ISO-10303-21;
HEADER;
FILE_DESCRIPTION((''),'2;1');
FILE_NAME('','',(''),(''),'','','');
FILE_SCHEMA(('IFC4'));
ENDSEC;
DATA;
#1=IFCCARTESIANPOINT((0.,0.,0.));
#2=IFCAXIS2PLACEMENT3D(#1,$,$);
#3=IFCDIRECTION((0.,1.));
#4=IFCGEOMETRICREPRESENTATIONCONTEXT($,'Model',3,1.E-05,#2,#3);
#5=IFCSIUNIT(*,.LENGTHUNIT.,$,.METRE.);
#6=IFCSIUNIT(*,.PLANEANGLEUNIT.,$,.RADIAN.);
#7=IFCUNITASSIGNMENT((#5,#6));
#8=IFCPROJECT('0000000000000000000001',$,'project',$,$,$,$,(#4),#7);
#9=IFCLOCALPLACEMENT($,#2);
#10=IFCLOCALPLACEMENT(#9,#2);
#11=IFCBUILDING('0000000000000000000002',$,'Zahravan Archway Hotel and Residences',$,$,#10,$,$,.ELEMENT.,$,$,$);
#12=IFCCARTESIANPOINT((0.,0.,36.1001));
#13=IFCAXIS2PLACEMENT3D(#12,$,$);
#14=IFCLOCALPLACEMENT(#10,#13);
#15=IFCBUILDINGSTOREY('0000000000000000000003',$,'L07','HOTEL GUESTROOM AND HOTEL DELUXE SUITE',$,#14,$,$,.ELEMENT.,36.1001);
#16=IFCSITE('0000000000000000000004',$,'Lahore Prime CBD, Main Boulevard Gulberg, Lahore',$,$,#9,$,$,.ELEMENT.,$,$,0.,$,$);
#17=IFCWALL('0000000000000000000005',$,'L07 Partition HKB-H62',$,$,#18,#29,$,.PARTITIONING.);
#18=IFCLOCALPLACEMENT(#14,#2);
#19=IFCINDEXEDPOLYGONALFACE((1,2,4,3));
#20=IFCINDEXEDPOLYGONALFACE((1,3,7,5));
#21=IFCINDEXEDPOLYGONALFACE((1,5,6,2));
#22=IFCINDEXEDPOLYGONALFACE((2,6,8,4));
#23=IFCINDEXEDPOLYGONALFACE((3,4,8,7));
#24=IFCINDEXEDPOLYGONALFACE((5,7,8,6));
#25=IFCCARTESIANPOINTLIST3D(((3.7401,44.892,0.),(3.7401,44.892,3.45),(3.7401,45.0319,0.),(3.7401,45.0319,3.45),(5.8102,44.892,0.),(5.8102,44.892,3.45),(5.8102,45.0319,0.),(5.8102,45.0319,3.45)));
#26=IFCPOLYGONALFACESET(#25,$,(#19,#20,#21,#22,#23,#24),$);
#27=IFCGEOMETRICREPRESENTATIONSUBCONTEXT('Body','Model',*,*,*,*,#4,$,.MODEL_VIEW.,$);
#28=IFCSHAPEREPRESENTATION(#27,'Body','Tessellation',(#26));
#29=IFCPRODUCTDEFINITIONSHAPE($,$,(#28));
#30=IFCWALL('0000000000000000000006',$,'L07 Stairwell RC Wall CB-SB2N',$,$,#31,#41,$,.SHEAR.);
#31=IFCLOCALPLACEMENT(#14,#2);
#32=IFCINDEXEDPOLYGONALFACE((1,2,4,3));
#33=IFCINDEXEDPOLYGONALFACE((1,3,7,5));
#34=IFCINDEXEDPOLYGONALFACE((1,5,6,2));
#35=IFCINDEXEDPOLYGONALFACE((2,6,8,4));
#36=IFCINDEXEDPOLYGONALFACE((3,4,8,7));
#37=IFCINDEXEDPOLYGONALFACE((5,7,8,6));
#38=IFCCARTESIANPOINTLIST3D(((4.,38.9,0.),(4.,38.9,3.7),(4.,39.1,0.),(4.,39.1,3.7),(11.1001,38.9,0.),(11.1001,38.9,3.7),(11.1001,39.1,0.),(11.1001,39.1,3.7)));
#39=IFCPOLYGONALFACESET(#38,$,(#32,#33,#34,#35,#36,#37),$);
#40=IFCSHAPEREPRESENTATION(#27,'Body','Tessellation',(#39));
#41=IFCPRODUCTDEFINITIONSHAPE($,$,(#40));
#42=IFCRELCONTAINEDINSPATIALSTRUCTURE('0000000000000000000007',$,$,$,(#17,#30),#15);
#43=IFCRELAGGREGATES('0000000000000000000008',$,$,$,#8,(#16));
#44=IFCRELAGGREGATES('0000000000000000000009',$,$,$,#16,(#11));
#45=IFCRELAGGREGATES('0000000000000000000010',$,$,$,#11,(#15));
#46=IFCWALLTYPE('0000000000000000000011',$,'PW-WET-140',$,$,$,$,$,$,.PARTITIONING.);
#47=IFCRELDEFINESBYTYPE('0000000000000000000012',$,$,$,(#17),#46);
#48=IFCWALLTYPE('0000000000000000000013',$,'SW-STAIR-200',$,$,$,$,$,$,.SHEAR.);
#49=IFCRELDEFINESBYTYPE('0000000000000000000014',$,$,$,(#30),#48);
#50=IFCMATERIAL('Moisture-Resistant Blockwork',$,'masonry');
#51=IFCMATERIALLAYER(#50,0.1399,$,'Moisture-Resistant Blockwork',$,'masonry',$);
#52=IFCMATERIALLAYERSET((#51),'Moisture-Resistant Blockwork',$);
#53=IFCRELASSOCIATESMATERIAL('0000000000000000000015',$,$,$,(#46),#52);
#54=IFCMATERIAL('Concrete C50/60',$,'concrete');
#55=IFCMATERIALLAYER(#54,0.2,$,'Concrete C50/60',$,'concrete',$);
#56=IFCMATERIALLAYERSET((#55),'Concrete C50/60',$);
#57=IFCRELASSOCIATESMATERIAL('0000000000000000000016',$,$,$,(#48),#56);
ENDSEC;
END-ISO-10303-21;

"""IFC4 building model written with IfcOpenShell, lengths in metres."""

from ifc_helpers import new_model, si_unit, direction, frame, frame_2d, origin, place, context, subcontext, project, spatial, rectangle, extrude, material, layer, layer_set, type_object, element, save


model = new_model("IFC4")

# Units and contexts
model_context = context("Model", 3, precision=1e-05, world=origin(), true_north=direction((0.0, 1.0)))
body_context = subcontext(model_context, "Body", "Model", "MODEL_VIEW")
ifc_project = project(units=[si_unit("LENGTHUNIT", "METRE"), si_unit("PLANEANGLEUNIT", "RADIAN")], contexts=[model_context])

# Site, building, storey
site_placement = place(None, origin())
site = spatial("IfcSite", under=ifc_project, at=site_placement, Name="Lahore Prime CBD, Main Boulevard Gulberg, Lahore", CompositionType="ELEMENT", RefElevation=0.0)
building_placement = place(site_placement, origin())
building = spatial("IfcBuilding", under=site, at=building_placement, Name="Zahravan Archway Hotel and Residences", CompositionType="ELEMENT")
storey_placement = place(building_placement, frame((0.0, 0.0, 36.1001)))
storey = spatial("IfcBuildingStorey", under=building, at=storey_placement, Name="L07", Description="HOTEL GUESTROOM AND HOTEL DELUXE SUITE", CompositionType="ELEMENT", Elevation=36.1001)

# Shared definitions
ifc_material_1 = material(Name="Moisture-Resistant Blockwork", Category="masonry")
ifc_layer_1 = layer(ifc_material_1, 0.1399, Name="Moisture-Resistant Blockwork", Category="masonry")
ifc_layer_set_1 = layer_set([ifc_layer_1], Name="Moisture-Resistant Blockwork")
wall_type_1 = type_object("IfcWallType", Name="PW-WET-140", PredefinedType="PARTITIONING", material=ifc_layer_set_1)

# Walls
wall_1_placement = place(storey_placement, frame((3.74, 44.9619, 0.0), z_axis=(0.0, 0.0, 1.0), x_axis=(1.0, 0.0, 0.0)))
element("IfcWall", 1, at=wall_1_placement, inside=storey, type_object=wall_type_1, Name="L07 Partition HKB-H62", PredefinedType="PARTITIONING", context=body_context, shape_type="SweptSolid", body=[
    extrude(rectangle(XDim=2.0701, YDim=0.1399, at=frame_2d((1.0352, 0.0))), origin(), (0.0, 0.0, 1.0), 3.45),
])
ifc_material_2 = material(Name="Concrete C50/60", Category="concrete")
ifc_layer_2 = layer(ifc_material_2, 0.2, Name="Concrete C50/60", Category="concrete")
ifc_layer_set_2 = layer_set([ifc_layer_2], Name="Concrete C50/60")
wall_type_2 = type_object("IfcWallType", Name="SW-STAIR-200", PredefinedType="SHEAR", material=ifc_layer_set_2)
wall_2_placement = place(storey_placement, frame((4.0, 39.0, 0.0), z_axis=(0.0, 0.0, 1.0), x_axis=(1.0, 0.0, 0.0)))
element("IfcWall", 2, at=wall_2_placement, inside=storey, type_object=wall_type_2, Name="L07 Stairwell RC Wall CB-SB2N", PredefinedType="SHEAR", context=body_context, shape_type="SweptSolid", body=[
    extrude(rectangle(XDim=7.1001, YDim=0.2, at=frame_2d((3.55, 0.0))), origin(), (0.0, 0.0, 1.0), 3.7),
])

save(model, "model.ifc")
